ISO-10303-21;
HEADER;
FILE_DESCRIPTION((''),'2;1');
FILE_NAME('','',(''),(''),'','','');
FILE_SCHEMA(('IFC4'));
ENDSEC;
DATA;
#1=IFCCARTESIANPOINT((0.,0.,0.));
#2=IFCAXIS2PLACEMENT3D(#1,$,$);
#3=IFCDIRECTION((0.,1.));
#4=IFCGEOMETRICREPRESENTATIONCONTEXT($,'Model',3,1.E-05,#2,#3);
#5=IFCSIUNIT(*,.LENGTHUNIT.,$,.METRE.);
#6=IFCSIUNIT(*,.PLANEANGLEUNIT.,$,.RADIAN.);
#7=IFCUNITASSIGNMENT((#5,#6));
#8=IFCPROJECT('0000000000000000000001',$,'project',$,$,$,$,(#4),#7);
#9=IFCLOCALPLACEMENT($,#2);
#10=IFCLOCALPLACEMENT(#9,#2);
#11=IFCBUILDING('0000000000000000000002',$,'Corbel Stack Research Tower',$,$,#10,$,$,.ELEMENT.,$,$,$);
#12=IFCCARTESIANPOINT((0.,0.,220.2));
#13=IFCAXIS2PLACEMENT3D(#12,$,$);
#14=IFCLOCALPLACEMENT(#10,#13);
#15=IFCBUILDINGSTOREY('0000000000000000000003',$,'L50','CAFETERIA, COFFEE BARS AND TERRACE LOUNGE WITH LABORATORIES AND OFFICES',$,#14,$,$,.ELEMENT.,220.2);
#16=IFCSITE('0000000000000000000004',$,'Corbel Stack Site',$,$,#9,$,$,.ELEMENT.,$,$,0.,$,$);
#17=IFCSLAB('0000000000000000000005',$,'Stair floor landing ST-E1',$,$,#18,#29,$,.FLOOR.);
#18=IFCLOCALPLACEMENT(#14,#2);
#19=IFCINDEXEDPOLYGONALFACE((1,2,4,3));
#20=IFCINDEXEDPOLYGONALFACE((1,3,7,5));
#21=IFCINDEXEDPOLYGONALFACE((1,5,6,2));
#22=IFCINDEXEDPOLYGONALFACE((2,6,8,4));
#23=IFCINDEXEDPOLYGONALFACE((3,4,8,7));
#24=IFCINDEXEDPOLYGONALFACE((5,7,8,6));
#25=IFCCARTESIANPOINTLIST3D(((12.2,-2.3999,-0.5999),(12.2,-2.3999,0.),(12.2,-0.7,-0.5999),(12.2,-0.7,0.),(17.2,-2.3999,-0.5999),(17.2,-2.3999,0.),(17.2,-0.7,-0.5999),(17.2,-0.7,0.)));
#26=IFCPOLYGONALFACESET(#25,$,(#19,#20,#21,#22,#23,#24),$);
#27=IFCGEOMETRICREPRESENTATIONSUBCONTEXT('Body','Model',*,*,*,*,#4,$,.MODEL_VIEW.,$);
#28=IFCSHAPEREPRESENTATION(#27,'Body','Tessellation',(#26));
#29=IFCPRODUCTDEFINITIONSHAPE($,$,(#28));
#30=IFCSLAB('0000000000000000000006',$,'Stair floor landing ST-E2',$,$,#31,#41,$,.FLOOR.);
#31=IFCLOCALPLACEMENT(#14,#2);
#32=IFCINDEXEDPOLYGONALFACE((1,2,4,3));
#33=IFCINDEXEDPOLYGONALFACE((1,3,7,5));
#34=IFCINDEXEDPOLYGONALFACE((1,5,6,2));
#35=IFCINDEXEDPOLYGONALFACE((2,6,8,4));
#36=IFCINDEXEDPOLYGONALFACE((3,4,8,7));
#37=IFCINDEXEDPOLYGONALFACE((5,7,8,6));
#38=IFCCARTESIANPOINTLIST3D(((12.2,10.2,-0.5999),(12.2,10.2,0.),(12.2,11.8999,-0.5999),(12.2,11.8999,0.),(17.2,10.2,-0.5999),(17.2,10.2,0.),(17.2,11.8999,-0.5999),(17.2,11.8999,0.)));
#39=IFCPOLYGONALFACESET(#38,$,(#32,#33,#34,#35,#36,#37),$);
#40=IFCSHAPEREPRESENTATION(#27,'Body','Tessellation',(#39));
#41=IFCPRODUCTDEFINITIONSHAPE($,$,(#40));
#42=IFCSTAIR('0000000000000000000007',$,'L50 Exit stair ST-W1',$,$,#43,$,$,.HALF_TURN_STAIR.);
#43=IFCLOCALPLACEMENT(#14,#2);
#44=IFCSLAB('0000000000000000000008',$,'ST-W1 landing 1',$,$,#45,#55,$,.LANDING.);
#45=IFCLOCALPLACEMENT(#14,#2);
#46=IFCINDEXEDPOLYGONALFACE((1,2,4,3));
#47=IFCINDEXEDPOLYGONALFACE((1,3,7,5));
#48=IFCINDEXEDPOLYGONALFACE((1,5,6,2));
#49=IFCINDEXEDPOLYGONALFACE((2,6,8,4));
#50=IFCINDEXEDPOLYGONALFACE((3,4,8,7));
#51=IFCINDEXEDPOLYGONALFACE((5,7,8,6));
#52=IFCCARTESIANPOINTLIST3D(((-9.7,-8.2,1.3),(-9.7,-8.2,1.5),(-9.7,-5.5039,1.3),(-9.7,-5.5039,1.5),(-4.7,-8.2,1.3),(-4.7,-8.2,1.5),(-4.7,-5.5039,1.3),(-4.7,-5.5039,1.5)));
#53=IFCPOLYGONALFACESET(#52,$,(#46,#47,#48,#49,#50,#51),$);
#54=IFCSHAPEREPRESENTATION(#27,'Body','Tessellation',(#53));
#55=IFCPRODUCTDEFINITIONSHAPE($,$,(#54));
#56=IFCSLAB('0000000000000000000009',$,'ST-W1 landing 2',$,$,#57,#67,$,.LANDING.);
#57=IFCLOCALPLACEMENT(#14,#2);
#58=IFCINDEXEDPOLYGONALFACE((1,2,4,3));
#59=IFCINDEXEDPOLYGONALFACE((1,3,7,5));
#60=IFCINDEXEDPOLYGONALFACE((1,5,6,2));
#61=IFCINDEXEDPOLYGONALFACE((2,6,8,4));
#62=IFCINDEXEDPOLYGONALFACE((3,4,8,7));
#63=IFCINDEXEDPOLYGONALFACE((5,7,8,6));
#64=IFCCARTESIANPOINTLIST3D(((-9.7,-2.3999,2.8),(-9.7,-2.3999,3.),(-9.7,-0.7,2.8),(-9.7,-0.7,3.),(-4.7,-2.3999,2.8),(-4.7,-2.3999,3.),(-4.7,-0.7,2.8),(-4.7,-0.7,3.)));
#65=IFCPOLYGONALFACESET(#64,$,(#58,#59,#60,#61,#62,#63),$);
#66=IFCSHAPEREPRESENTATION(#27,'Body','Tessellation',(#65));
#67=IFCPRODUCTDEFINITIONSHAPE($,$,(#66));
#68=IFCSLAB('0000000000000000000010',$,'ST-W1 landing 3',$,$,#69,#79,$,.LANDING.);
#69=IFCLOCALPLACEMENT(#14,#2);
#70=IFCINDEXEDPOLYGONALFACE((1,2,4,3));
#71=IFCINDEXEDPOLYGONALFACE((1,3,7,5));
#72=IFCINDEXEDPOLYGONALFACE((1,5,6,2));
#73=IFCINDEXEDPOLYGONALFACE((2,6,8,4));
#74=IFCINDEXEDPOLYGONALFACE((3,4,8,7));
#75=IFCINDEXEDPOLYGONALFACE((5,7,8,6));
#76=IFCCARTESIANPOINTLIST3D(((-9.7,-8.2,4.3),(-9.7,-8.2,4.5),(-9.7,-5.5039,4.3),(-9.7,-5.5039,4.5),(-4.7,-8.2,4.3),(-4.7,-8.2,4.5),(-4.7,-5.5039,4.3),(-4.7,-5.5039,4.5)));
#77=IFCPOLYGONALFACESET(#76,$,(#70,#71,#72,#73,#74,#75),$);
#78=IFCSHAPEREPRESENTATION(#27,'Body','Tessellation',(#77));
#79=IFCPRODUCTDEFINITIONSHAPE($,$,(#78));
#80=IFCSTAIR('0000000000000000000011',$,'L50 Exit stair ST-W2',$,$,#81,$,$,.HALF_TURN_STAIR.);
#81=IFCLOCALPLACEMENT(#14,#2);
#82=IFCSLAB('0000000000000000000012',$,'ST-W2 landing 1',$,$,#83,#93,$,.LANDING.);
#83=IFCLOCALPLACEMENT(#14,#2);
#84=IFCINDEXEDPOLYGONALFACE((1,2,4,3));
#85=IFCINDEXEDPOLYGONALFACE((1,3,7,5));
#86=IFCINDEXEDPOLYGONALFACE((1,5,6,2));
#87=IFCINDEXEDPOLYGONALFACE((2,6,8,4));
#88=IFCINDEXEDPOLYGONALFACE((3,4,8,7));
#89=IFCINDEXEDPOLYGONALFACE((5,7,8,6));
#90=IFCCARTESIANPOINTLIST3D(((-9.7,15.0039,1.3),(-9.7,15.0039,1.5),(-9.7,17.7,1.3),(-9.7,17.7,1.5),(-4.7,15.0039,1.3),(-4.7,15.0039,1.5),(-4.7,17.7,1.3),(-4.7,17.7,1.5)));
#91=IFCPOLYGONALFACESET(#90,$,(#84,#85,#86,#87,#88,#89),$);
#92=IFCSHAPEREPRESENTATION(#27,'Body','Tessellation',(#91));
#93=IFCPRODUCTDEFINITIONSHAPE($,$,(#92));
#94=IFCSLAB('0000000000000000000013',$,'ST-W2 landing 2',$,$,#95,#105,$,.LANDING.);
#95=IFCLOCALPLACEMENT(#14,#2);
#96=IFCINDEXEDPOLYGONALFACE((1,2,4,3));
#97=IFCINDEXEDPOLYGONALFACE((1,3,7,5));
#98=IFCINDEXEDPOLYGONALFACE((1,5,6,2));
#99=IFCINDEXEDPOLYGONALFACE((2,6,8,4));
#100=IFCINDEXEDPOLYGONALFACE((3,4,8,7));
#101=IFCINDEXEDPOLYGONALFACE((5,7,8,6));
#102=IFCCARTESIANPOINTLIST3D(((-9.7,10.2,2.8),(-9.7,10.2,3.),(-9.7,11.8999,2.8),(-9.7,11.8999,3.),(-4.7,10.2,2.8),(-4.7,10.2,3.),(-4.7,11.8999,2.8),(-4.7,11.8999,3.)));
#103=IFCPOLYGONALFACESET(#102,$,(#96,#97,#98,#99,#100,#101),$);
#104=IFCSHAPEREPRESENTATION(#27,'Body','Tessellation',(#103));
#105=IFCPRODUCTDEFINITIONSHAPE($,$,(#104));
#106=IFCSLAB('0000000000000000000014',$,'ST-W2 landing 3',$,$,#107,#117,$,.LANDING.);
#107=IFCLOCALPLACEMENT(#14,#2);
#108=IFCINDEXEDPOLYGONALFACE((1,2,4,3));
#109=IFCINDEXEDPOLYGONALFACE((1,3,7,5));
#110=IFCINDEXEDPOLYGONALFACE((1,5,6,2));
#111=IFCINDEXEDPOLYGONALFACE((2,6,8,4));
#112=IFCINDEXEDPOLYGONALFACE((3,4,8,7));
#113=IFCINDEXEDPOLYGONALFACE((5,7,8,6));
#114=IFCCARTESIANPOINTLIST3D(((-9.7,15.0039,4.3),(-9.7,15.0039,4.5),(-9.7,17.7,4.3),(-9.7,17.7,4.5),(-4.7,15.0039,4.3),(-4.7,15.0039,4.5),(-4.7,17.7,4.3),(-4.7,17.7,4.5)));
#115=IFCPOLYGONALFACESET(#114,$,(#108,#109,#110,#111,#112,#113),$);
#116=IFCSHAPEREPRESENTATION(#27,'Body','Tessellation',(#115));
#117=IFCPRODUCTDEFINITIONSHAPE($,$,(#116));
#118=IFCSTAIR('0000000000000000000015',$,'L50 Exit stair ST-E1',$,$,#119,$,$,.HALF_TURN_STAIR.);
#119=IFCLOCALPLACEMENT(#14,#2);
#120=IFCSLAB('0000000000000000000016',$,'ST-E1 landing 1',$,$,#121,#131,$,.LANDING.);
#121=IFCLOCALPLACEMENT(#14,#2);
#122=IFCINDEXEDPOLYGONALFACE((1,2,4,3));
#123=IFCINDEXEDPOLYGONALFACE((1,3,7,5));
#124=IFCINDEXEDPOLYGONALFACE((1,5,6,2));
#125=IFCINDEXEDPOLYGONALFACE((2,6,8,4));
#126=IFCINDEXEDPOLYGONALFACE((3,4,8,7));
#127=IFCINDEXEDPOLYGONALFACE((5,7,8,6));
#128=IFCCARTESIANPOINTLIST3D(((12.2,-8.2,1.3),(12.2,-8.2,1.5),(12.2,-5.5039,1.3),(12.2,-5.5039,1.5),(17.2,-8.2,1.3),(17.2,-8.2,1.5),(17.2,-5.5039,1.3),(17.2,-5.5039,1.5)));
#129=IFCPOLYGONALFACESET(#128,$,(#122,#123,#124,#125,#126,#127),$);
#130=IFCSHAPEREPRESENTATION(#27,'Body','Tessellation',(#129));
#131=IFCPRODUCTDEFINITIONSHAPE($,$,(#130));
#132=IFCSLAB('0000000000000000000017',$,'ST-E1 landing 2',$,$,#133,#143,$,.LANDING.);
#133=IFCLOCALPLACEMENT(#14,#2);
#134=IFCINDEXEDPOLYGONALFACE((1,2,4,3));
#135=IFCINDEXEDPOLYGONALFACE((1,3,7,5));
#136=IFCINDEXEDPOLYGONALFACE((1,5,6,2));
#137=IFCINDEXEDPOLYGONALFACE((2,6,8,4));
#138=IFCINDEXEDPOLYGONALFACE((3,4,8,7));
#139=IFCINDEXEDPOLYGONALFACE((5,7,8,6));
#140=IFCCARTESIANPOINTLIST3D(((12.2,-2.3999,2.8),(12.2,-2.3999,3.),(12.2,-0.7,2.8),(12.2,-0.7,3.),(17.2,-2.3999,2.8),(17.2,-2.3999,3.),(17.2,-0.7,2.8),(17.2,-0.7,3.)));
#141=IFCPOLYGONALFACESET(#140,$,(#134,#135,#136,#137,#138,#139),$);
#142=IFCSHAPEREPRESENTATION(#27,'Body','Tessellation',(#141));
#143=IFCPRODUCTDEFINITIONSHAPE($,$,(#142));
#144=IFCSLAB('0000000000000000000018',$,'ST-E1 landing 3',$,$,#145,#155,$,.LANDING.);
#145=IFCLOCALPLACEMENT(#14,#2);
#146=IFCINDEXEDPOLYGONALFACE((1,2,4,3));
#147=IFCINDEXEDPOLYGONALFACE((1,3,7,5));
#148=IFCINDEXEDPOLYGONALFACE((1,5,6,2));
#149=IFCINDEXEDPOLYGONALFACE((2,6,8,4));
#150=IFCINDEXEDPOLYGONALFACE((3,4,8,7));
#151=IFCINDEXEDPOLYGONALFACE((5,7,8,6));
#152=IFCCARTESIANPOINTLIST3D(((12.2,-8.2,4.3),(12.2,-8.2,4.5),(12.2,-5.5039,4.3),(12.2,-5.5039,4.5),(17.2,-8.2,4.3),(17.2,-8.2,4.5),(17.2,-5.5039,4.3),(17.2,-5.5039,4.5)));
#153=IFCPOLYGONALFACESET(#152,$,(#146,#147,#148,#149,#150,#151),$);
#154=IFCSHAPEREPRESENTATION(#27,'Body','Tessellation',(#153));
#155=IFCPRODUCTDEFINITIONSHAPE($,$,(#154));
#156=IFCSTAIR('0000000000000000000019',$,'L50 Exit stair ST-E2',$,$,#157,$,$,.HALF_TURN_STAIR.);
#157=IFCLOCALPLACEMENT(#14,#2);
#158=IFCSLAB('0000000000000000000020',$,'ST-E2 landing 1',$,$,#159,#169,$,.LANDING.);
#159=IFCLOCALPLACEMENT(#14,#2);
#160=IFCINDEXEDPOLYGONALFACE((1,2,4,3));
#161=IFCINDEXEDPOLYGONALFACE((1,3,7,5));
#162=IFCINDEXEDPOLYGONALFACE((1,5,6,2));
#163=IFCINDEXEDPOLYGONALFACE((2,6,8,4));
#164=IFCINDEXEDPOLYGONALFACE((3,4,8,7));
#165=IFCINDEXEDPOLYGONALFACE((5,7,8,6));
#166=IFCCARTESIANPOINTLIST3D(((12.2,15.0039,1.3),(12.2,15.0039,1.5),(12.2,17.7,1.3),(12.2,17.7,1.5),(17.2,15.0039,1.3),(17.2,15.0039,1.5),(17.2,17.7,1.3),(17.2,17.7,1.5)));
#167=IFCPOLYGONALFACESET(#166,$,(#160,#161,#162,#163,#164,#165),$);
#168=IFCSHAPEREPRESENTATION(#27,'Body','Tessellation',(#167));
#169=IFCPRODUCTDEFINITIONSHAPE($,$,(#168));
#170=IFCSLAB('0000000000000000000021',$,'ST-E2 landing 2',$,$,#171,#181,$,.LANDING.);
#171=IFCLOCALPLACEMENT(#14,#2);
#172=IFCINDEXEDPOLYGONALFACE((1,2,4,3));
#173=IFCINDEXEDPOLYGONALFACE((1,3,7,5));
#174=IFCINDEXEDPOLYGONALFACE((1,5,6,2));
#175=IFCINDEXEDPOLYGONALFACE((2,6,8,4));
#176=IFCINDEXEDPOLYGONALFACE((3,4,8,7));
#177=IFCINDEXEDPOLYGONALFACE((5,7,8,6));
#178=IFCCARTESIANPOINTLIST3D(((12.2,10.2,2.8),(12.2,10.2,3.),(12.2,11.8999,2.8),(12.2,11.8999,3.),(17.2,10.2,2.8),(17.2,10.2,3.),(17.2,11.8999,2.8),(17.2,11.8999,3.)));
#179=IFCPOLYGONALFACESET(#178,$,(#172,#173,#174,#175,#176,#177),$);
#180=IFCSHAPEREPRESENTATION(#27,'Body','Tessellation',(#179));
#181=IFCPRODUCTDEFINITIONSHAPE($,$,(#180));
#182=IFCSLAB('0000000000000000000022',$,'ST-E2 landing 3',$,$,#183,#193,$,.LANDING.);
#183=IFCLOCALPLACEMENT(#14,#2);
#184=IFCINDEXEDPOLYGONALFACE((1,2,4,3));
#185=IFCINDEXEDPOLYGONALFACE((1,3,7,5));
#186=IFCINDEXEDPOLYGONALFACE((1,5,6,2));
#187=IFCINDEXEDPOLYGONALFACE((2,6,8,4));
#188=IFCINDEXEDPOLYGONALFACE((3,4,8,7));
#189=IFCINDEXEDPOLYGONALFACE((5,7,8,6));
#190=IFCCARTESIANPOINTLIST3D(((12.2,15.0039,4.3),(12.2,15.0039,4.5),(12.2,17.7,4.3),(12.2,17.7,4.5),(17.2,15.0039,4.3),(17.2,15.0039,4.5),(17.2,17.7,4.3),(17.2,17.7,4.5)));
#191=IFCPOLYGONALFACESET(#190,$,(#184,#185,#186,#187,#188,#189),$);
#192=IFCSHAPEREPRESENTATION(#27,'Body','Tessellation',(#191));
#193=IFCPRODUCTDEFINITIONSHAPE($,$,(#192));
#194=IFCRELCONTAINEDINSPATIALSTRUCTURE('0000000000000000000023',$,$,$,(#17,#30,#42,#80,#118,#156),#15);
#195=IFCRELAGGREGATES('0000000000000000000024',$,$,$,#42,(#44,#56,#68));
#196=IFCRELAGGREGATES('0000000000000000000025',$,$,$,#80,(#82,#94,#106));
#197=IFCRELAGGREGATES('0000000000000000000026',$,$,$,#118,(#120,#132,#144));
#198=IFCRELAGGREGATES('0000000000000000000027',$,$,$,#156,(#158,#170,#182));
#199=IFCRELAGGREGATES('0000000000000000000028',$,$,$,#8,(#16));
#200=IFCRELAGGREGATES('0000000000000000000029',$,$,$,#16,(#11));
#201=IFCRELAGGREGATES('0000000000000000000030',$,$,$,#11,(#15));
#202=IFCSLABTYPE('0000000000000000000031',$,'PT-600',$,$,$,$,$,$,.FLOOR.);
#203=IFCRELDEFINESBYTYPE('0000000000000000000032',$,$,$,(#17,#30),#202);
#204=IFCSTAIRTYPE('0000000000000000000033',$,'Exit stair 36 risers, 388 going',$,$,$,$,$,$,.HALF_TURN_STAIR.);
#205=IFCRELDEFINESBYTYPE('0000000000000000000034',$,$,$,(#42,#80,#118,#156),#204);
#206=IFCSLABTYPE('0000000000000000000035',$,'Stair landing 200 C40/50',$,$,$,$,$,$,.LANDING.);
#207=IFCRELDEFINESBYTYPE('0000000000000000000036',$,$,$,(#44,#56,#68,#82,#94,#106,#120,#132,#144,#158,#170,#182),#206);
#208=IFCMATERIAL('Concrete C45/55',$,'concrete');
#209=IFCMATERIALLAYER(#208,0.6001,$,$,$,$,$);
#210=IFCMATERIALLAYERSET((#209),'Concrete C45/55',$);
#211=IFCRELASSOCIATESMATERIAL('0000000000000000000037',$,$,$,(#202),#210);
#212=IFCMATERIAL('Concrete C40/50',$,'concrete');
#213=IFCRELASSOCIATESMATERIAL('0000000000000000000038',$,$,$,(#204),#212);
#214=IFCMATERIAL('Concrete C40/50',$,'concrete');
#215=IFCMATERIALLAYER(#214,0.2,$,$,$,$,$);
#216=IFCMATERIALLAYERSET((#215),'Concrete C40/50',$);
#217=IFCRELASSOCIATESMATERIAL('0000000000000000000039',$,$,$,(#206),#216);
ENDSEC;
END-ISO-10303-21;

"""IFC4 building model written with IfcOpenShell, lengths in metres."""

from ifc_helpers import new_model, si_unit, direction, frame, origin, place, context, subcontext, project, spatial, polyline, outline, extrude, material, layer, layer_set, type_object, element, aggregate, save


model = new_model("IFC4")

# Units and contexts
model_context = context("Model", 3, precision=1e-05, world=origin(), true_north=direction((0.0, 1.0)))
body_context = subcontext(model_context, "Body", "Model", "MODEL_VIEW")
ifc_project = project(units=[si_unit("LENGTHUNIT", "METRE"), si_unit("PLANEANGLEUNIT", "RADIAN")], contexts=[model_context])

# Site, building, storey
site_placement = place(None, origin())
site = spatial("IfcSite", under=ifc_project, at=site_placement, Name="Corbel Stack Site", CompositionType="ELEMENT", RefElevation=0.0)
building_placement = place(site_placement, origin())
building = spatial("IfcBuilding", under=site, at=building_placement, Name="Corbel Stack Research Tower", CompositionType="ELEMENT")
storey_placement = place(building_placement, frame((0.0, 0.0, 220.2)))
storey = spatial("IfcBuildingStorey", under=building, at=storey_placement, Name="L50", Description="CAFETERIA, COFFEE BARS AND TERRACE LOUNGE WITH LABORATORIES AND OFFICES", CompositionType="ELEMENT", Elevation=220.2)

# Slabs
ifc_material_1 = material(Name="Concrete C45/55", Category="concrete")
ifc_layer_1 = layer(ifc_material_1, 0.6001)
ifc_layer_set_1 = layer_set([ifc_layer_1], Name="Concrete C45/55")
slab_type_1 = type_object("IfcSlabType", Name="PT-600", PredefinedType="FLOOR", material=ifc_layer_set_1)
slab_1_placement = place(storey_placement, frame((0.0, 0.0, -0.5999)))
element("IfcSlab", 1, at=slab_1_placement, inside=storey, type_object=slab_type_1, Name="Stair floor landing ST-E1", PredefinedType="FLOOR", context=body_context, shape_type="SweptSolid", body=[
    extrude(outline(polyline([(12.2, -2.3999), (17.2, -2.3999), (17.2, -0.7), (12.2, -0.7), (12.2, -2.3999)])), origin(), (0.0, 0.0, 1.0), 0.5999),
])
slab_2_placement = place(storey_placement, frame((0.0, 0.0, -0.5999)))
element("IfcSlab", 2, at=slab_2_placement, inside=storey, type_object=slab_type_1, Name="Stair floor landing ST-E2", PredefinedType="FLOOR", context=body_context, shape_type="SweptSolid", body=[
    extrude(outline(polyline([(12.2, 10.2), (17.2, 10.2), (17.2, 11.8999), (12.2, 11.8999), (12.2, 10.2)])), origin(), (0.0, 0.0, 1.0), 0.5999),
])

# Stairs, slabs
ifc_material_2 = material(Name="Concrete C40/50", Category="concrete")
stair_type = type_object("IfcStairType", Name="Exit stair 36 risers, 388 going", PredefinedType="HALF_TURN_STAIR", material=ifc_material_2)
stair_1_placement = place(storey_placement, origin())
stair_1 = element("IfcStair", 3, at=stair_1_placement, inside=storey, type_object=stair_type, Name="L50 Exit stair ST-W1", PredefinedType="HALF_TURN_STAIR")
ifc_material_3 = material(Name="Concrete C40/50", Category="concrete")
ifc_layer_2 = layer(ifc_material_3, 0.2)
ifc_layer_set_2 = layer_set([ifc_layer_2], Name="Concrete C40/50")
slab_type_2 = type_object("IfcSlabType", Name="Stair landing 200 C40/50", PredefinedType="LANDING", material=ifc_layer_set_2)
slab_3_placement = place(storey_placement, frame((0.0, 0.0, 1.3)))
slab_3 = element("IfcSlab", 4, at=slab_3_placement, type_object=slab_type_2, Name="ST-W1 landing 1", PredefinedType="LANDING", context=body_context, shape_type="SweptSolid", body=[
    extrude(outline(polyline([(-9.7, -8.2), (-9.7, -5.5039), (-4.7, -5.5039), (-4.7, -8.2), (-9.7, -8.2)])), origin(), (0.0, 0.0, 1.0), 0.2),
])
slab_4_placement = place(storey_placement, frame((0.0, 0.0, 2.8)))
slab_4 = element("IfcSlab", 5, at=slab_4_placement, type_object=slab_type_2, Name="ST-W1 landing 2", PredefinedType="LANDING", context=body_context, shape_type="SweptSolid", body=[
    extrude(outline(polyline([(-9.7, -2.3999), (-9.7, -0.7), (-4.7, -0.7), (-4.7, -2.3999), (-9.7, -2.3999)])), origin(), (0.0, 0.0, 1.0), 0.2),
])
slab_5_placement = place(storey_placement, frame((0.0, 0.0, 4.3)))
slab_5 = element("IfcSlab", 6, at=slab_5_placement, type_object=slab_type_2, Name="ST-W1 landing 3", PredefinedType="LANDING", context=body_context, shape_type="SweptSolid", body=[
    extrude(outline(polyline([(-9.7, -8.2), (-9.7, -5.5039), (-4.7, -5.5039), (-4.7, -8.2), (-9.7, -8.2)])), origin(), (0.0, 0.0, 1.0), 0.2),
])
aggregate(stair_1, [slab_3, slab_4, slab_5])
stair_2_placement = place(storey_placement, origin())
stair_2 = element("IfcStair", 7, at=stair_2_placement, inside=storey, type_object=stair_type, Name="L50 Exit stair ST-W2", PredefinedType="HALF_TURN_STAIR")
slab_6_placement = place(storey_placement, frame((0.0, 0.0, 1.3)))
slab_6 = element("IfcSlab", 8, at=slab_6_placement, type_object=slab_type_2, Name="ST-W2 landing 1", PredefinedType="LANDING", context=body_context, shape_type="SweptSolid", body=[
    extrude(outline(polyline([(-9.7, 15.0039), (-9.7, 17.7), (-4.7, 17.7), (-4.7, 15.0039), (-9.7, 15.0039)])), origin(), (0.0, 0.0, 1.0), 0.2),
])
slab_7_placement = place(storey_placement, frame((0.0, 0.0, 2.8)))
slab_7 = element("IfcSlab", 9, at=slab_7_placement, type_object=slab_type_2, Name="ST-W2 landing 2", PredefinedType="LANDING", context=body_context, shape_type="SweptSolid", body=[
    extrude(outline(polyline([(-9.7, 10.2), (-9.7, 11.8999), (-4.7, 11.8999), (-4.7, 10.2), (-9.7, 10.2)])), origin(), (0.0, 0.0, 1.0), 0.2),
])
slab_8_placement = place(storey_placement, frame((0.0, 0.0, 4.3)))
slab_8 = element("IfcSlab", 10, at=slab_8_placement, type_object=slab_type_2, Name="ST-W2 landing 3", PredefinedType="LANDING", context=body_context, shape_type="SweptSolid", body=[
    extrude(outline(polyline([(-9.7, 15.0039), (-9.7, 17.7), (-4.7, 17.7), (-4.7, 15.0039), (-9.7, 15.0039)])), origin(), (0.0, 0.0, 1.0), 0.2),
])
aggregate(stair_2, [slab_6, slab_7, slab_8])
stair_3_placement = place(storey_placement, origin())
stair_3 = element("IfcStair", 11, at=stair_3_placement, inside=storey, type_object=stair_type, Name="L50 Exit stair ST-E1", PredefinedType="HALF_TURN_STAIR")
slab_9_placement = place(storey_placement, frame((0.0, 0.0, 1.3)))
slab_9 = element("IfcSlab", 12, at=slab_9_placement, type_object=slab_type_2, Name="ST-E1 landing 1", PredefinedType="LANDING", context=body_context, shape_type="SweptSolid", body=[
    extrude(outline(polyline([(12.2, -8.2), (12.2, -5.5039), (17.2, -5.5039), (17.2, -8.2), (12.2, -8.2)])), origin(), (0.0, 0.0, 1.0), 0.2),
])
slab_10_placement = place(storey_placement, frame((0.0, 0.0, 2.8)))
slab_10 = element("IfcSlab", 13, at=slab_10_placement, type_object=slab_type_2, Name="ST-E1 landing 2", PredefinedType="LANDING", context=body_context, shape_type="SweptSolid", body=[
    extrude(outline(polyline([(12.2, -2.3999), (12.2, -0.7), (17.2, -0.7), (17.2, -2.3999), (12.2, -2.3999)])), origin(), (0.0, 0.0, 1.0), 0.2),
])
slab_11_placement = place(storey_placement, frame((0.0, 0.0, 4.3)))
slab_11 = element("IfcSlab", 14, at=slab_11_placement, type_object=slab_type_2, Name="ST-E1 landing 3", PredefinedType="LANDING", context=body_context, shape_type="SweptSolid", body=[
    extrude(outline(polyline([(12.2, -8.2), (12.2, -5.5039), (17.2, -5.5039), (17.2, -8.2), (12.2, -8.2)])), origin(), (0.0, 0.0, 1.0), 0.2),
])
aggregate(stair_3, [slab_9, slab_10, slab_11])
stair_4_placement = place(storey_placement, origin())
stair_4 = element("IfcStair", 15, at=stair_4_placement, inside=storey, type_object=stair_type, Name="L50 Exit stair ST-E2", PredefinedType="HALF_TURN_STAIR")
slab_12_placement = place(storey_placement, frame((0.0, 0.0, 1.3)))
slab_12 = element("IfcSlab", 16, at=slab_12_placement, type_object=slab_type_2, Name="ST-E2 landing 1", PredefinedType="LANDING", context=body_context, shape_type="SweptSolid", body=[
    extrude(outline(polyline([(12.2, 15.0039), (12.2, 17.7), (17.2, 17.7), (17.2, 15.0039), (12.2, 15.0039)])), origin(), (0.0, 0.0, 1.0), 0.2),
])
slab_13_placement = place(storey_placement, frame((0.0, 0.0, 2.8)))
slab_13 = element("IfcSlab", 17, at=slab_13_placement, type_object=slab_type_2, Name="ST-E2 landing 2", PredefinedType="LANDING", context=body_context, shape_type="SweptSolid", body=[
    extrude(outline(polyline([(12.2, 10.2), (12.2, 11.8999), (17.2, 11.8999), (17.2, 10.2), (12.2, 10.2)])), origin(), (0.0, 0.0, 1.0), 0.2),
])
slab_14_placement = place(storey_placement, frame((0.0, 0.0, 4.3)))
slab_14 = element("IfcSlab", 18, at=slab_14_placement, type_object=slab_type_2, Name="ST-E2 landing 3", PredefinedType="LANDING", context=body_context, shape_type="SweptSolid", body=[
    extrude(outline(polyline([(12.2, 15.0039), (12.2, 17.7), (17.2, 17.7), (17.2, 15.0039), (12.2, 15.0039)])), origin(), (0.0, 0.0, 1.0), 0.2),
])
aggregate(stair_4, [slab_12, slab_13, slab_14])

save(model, "model.ifc")
